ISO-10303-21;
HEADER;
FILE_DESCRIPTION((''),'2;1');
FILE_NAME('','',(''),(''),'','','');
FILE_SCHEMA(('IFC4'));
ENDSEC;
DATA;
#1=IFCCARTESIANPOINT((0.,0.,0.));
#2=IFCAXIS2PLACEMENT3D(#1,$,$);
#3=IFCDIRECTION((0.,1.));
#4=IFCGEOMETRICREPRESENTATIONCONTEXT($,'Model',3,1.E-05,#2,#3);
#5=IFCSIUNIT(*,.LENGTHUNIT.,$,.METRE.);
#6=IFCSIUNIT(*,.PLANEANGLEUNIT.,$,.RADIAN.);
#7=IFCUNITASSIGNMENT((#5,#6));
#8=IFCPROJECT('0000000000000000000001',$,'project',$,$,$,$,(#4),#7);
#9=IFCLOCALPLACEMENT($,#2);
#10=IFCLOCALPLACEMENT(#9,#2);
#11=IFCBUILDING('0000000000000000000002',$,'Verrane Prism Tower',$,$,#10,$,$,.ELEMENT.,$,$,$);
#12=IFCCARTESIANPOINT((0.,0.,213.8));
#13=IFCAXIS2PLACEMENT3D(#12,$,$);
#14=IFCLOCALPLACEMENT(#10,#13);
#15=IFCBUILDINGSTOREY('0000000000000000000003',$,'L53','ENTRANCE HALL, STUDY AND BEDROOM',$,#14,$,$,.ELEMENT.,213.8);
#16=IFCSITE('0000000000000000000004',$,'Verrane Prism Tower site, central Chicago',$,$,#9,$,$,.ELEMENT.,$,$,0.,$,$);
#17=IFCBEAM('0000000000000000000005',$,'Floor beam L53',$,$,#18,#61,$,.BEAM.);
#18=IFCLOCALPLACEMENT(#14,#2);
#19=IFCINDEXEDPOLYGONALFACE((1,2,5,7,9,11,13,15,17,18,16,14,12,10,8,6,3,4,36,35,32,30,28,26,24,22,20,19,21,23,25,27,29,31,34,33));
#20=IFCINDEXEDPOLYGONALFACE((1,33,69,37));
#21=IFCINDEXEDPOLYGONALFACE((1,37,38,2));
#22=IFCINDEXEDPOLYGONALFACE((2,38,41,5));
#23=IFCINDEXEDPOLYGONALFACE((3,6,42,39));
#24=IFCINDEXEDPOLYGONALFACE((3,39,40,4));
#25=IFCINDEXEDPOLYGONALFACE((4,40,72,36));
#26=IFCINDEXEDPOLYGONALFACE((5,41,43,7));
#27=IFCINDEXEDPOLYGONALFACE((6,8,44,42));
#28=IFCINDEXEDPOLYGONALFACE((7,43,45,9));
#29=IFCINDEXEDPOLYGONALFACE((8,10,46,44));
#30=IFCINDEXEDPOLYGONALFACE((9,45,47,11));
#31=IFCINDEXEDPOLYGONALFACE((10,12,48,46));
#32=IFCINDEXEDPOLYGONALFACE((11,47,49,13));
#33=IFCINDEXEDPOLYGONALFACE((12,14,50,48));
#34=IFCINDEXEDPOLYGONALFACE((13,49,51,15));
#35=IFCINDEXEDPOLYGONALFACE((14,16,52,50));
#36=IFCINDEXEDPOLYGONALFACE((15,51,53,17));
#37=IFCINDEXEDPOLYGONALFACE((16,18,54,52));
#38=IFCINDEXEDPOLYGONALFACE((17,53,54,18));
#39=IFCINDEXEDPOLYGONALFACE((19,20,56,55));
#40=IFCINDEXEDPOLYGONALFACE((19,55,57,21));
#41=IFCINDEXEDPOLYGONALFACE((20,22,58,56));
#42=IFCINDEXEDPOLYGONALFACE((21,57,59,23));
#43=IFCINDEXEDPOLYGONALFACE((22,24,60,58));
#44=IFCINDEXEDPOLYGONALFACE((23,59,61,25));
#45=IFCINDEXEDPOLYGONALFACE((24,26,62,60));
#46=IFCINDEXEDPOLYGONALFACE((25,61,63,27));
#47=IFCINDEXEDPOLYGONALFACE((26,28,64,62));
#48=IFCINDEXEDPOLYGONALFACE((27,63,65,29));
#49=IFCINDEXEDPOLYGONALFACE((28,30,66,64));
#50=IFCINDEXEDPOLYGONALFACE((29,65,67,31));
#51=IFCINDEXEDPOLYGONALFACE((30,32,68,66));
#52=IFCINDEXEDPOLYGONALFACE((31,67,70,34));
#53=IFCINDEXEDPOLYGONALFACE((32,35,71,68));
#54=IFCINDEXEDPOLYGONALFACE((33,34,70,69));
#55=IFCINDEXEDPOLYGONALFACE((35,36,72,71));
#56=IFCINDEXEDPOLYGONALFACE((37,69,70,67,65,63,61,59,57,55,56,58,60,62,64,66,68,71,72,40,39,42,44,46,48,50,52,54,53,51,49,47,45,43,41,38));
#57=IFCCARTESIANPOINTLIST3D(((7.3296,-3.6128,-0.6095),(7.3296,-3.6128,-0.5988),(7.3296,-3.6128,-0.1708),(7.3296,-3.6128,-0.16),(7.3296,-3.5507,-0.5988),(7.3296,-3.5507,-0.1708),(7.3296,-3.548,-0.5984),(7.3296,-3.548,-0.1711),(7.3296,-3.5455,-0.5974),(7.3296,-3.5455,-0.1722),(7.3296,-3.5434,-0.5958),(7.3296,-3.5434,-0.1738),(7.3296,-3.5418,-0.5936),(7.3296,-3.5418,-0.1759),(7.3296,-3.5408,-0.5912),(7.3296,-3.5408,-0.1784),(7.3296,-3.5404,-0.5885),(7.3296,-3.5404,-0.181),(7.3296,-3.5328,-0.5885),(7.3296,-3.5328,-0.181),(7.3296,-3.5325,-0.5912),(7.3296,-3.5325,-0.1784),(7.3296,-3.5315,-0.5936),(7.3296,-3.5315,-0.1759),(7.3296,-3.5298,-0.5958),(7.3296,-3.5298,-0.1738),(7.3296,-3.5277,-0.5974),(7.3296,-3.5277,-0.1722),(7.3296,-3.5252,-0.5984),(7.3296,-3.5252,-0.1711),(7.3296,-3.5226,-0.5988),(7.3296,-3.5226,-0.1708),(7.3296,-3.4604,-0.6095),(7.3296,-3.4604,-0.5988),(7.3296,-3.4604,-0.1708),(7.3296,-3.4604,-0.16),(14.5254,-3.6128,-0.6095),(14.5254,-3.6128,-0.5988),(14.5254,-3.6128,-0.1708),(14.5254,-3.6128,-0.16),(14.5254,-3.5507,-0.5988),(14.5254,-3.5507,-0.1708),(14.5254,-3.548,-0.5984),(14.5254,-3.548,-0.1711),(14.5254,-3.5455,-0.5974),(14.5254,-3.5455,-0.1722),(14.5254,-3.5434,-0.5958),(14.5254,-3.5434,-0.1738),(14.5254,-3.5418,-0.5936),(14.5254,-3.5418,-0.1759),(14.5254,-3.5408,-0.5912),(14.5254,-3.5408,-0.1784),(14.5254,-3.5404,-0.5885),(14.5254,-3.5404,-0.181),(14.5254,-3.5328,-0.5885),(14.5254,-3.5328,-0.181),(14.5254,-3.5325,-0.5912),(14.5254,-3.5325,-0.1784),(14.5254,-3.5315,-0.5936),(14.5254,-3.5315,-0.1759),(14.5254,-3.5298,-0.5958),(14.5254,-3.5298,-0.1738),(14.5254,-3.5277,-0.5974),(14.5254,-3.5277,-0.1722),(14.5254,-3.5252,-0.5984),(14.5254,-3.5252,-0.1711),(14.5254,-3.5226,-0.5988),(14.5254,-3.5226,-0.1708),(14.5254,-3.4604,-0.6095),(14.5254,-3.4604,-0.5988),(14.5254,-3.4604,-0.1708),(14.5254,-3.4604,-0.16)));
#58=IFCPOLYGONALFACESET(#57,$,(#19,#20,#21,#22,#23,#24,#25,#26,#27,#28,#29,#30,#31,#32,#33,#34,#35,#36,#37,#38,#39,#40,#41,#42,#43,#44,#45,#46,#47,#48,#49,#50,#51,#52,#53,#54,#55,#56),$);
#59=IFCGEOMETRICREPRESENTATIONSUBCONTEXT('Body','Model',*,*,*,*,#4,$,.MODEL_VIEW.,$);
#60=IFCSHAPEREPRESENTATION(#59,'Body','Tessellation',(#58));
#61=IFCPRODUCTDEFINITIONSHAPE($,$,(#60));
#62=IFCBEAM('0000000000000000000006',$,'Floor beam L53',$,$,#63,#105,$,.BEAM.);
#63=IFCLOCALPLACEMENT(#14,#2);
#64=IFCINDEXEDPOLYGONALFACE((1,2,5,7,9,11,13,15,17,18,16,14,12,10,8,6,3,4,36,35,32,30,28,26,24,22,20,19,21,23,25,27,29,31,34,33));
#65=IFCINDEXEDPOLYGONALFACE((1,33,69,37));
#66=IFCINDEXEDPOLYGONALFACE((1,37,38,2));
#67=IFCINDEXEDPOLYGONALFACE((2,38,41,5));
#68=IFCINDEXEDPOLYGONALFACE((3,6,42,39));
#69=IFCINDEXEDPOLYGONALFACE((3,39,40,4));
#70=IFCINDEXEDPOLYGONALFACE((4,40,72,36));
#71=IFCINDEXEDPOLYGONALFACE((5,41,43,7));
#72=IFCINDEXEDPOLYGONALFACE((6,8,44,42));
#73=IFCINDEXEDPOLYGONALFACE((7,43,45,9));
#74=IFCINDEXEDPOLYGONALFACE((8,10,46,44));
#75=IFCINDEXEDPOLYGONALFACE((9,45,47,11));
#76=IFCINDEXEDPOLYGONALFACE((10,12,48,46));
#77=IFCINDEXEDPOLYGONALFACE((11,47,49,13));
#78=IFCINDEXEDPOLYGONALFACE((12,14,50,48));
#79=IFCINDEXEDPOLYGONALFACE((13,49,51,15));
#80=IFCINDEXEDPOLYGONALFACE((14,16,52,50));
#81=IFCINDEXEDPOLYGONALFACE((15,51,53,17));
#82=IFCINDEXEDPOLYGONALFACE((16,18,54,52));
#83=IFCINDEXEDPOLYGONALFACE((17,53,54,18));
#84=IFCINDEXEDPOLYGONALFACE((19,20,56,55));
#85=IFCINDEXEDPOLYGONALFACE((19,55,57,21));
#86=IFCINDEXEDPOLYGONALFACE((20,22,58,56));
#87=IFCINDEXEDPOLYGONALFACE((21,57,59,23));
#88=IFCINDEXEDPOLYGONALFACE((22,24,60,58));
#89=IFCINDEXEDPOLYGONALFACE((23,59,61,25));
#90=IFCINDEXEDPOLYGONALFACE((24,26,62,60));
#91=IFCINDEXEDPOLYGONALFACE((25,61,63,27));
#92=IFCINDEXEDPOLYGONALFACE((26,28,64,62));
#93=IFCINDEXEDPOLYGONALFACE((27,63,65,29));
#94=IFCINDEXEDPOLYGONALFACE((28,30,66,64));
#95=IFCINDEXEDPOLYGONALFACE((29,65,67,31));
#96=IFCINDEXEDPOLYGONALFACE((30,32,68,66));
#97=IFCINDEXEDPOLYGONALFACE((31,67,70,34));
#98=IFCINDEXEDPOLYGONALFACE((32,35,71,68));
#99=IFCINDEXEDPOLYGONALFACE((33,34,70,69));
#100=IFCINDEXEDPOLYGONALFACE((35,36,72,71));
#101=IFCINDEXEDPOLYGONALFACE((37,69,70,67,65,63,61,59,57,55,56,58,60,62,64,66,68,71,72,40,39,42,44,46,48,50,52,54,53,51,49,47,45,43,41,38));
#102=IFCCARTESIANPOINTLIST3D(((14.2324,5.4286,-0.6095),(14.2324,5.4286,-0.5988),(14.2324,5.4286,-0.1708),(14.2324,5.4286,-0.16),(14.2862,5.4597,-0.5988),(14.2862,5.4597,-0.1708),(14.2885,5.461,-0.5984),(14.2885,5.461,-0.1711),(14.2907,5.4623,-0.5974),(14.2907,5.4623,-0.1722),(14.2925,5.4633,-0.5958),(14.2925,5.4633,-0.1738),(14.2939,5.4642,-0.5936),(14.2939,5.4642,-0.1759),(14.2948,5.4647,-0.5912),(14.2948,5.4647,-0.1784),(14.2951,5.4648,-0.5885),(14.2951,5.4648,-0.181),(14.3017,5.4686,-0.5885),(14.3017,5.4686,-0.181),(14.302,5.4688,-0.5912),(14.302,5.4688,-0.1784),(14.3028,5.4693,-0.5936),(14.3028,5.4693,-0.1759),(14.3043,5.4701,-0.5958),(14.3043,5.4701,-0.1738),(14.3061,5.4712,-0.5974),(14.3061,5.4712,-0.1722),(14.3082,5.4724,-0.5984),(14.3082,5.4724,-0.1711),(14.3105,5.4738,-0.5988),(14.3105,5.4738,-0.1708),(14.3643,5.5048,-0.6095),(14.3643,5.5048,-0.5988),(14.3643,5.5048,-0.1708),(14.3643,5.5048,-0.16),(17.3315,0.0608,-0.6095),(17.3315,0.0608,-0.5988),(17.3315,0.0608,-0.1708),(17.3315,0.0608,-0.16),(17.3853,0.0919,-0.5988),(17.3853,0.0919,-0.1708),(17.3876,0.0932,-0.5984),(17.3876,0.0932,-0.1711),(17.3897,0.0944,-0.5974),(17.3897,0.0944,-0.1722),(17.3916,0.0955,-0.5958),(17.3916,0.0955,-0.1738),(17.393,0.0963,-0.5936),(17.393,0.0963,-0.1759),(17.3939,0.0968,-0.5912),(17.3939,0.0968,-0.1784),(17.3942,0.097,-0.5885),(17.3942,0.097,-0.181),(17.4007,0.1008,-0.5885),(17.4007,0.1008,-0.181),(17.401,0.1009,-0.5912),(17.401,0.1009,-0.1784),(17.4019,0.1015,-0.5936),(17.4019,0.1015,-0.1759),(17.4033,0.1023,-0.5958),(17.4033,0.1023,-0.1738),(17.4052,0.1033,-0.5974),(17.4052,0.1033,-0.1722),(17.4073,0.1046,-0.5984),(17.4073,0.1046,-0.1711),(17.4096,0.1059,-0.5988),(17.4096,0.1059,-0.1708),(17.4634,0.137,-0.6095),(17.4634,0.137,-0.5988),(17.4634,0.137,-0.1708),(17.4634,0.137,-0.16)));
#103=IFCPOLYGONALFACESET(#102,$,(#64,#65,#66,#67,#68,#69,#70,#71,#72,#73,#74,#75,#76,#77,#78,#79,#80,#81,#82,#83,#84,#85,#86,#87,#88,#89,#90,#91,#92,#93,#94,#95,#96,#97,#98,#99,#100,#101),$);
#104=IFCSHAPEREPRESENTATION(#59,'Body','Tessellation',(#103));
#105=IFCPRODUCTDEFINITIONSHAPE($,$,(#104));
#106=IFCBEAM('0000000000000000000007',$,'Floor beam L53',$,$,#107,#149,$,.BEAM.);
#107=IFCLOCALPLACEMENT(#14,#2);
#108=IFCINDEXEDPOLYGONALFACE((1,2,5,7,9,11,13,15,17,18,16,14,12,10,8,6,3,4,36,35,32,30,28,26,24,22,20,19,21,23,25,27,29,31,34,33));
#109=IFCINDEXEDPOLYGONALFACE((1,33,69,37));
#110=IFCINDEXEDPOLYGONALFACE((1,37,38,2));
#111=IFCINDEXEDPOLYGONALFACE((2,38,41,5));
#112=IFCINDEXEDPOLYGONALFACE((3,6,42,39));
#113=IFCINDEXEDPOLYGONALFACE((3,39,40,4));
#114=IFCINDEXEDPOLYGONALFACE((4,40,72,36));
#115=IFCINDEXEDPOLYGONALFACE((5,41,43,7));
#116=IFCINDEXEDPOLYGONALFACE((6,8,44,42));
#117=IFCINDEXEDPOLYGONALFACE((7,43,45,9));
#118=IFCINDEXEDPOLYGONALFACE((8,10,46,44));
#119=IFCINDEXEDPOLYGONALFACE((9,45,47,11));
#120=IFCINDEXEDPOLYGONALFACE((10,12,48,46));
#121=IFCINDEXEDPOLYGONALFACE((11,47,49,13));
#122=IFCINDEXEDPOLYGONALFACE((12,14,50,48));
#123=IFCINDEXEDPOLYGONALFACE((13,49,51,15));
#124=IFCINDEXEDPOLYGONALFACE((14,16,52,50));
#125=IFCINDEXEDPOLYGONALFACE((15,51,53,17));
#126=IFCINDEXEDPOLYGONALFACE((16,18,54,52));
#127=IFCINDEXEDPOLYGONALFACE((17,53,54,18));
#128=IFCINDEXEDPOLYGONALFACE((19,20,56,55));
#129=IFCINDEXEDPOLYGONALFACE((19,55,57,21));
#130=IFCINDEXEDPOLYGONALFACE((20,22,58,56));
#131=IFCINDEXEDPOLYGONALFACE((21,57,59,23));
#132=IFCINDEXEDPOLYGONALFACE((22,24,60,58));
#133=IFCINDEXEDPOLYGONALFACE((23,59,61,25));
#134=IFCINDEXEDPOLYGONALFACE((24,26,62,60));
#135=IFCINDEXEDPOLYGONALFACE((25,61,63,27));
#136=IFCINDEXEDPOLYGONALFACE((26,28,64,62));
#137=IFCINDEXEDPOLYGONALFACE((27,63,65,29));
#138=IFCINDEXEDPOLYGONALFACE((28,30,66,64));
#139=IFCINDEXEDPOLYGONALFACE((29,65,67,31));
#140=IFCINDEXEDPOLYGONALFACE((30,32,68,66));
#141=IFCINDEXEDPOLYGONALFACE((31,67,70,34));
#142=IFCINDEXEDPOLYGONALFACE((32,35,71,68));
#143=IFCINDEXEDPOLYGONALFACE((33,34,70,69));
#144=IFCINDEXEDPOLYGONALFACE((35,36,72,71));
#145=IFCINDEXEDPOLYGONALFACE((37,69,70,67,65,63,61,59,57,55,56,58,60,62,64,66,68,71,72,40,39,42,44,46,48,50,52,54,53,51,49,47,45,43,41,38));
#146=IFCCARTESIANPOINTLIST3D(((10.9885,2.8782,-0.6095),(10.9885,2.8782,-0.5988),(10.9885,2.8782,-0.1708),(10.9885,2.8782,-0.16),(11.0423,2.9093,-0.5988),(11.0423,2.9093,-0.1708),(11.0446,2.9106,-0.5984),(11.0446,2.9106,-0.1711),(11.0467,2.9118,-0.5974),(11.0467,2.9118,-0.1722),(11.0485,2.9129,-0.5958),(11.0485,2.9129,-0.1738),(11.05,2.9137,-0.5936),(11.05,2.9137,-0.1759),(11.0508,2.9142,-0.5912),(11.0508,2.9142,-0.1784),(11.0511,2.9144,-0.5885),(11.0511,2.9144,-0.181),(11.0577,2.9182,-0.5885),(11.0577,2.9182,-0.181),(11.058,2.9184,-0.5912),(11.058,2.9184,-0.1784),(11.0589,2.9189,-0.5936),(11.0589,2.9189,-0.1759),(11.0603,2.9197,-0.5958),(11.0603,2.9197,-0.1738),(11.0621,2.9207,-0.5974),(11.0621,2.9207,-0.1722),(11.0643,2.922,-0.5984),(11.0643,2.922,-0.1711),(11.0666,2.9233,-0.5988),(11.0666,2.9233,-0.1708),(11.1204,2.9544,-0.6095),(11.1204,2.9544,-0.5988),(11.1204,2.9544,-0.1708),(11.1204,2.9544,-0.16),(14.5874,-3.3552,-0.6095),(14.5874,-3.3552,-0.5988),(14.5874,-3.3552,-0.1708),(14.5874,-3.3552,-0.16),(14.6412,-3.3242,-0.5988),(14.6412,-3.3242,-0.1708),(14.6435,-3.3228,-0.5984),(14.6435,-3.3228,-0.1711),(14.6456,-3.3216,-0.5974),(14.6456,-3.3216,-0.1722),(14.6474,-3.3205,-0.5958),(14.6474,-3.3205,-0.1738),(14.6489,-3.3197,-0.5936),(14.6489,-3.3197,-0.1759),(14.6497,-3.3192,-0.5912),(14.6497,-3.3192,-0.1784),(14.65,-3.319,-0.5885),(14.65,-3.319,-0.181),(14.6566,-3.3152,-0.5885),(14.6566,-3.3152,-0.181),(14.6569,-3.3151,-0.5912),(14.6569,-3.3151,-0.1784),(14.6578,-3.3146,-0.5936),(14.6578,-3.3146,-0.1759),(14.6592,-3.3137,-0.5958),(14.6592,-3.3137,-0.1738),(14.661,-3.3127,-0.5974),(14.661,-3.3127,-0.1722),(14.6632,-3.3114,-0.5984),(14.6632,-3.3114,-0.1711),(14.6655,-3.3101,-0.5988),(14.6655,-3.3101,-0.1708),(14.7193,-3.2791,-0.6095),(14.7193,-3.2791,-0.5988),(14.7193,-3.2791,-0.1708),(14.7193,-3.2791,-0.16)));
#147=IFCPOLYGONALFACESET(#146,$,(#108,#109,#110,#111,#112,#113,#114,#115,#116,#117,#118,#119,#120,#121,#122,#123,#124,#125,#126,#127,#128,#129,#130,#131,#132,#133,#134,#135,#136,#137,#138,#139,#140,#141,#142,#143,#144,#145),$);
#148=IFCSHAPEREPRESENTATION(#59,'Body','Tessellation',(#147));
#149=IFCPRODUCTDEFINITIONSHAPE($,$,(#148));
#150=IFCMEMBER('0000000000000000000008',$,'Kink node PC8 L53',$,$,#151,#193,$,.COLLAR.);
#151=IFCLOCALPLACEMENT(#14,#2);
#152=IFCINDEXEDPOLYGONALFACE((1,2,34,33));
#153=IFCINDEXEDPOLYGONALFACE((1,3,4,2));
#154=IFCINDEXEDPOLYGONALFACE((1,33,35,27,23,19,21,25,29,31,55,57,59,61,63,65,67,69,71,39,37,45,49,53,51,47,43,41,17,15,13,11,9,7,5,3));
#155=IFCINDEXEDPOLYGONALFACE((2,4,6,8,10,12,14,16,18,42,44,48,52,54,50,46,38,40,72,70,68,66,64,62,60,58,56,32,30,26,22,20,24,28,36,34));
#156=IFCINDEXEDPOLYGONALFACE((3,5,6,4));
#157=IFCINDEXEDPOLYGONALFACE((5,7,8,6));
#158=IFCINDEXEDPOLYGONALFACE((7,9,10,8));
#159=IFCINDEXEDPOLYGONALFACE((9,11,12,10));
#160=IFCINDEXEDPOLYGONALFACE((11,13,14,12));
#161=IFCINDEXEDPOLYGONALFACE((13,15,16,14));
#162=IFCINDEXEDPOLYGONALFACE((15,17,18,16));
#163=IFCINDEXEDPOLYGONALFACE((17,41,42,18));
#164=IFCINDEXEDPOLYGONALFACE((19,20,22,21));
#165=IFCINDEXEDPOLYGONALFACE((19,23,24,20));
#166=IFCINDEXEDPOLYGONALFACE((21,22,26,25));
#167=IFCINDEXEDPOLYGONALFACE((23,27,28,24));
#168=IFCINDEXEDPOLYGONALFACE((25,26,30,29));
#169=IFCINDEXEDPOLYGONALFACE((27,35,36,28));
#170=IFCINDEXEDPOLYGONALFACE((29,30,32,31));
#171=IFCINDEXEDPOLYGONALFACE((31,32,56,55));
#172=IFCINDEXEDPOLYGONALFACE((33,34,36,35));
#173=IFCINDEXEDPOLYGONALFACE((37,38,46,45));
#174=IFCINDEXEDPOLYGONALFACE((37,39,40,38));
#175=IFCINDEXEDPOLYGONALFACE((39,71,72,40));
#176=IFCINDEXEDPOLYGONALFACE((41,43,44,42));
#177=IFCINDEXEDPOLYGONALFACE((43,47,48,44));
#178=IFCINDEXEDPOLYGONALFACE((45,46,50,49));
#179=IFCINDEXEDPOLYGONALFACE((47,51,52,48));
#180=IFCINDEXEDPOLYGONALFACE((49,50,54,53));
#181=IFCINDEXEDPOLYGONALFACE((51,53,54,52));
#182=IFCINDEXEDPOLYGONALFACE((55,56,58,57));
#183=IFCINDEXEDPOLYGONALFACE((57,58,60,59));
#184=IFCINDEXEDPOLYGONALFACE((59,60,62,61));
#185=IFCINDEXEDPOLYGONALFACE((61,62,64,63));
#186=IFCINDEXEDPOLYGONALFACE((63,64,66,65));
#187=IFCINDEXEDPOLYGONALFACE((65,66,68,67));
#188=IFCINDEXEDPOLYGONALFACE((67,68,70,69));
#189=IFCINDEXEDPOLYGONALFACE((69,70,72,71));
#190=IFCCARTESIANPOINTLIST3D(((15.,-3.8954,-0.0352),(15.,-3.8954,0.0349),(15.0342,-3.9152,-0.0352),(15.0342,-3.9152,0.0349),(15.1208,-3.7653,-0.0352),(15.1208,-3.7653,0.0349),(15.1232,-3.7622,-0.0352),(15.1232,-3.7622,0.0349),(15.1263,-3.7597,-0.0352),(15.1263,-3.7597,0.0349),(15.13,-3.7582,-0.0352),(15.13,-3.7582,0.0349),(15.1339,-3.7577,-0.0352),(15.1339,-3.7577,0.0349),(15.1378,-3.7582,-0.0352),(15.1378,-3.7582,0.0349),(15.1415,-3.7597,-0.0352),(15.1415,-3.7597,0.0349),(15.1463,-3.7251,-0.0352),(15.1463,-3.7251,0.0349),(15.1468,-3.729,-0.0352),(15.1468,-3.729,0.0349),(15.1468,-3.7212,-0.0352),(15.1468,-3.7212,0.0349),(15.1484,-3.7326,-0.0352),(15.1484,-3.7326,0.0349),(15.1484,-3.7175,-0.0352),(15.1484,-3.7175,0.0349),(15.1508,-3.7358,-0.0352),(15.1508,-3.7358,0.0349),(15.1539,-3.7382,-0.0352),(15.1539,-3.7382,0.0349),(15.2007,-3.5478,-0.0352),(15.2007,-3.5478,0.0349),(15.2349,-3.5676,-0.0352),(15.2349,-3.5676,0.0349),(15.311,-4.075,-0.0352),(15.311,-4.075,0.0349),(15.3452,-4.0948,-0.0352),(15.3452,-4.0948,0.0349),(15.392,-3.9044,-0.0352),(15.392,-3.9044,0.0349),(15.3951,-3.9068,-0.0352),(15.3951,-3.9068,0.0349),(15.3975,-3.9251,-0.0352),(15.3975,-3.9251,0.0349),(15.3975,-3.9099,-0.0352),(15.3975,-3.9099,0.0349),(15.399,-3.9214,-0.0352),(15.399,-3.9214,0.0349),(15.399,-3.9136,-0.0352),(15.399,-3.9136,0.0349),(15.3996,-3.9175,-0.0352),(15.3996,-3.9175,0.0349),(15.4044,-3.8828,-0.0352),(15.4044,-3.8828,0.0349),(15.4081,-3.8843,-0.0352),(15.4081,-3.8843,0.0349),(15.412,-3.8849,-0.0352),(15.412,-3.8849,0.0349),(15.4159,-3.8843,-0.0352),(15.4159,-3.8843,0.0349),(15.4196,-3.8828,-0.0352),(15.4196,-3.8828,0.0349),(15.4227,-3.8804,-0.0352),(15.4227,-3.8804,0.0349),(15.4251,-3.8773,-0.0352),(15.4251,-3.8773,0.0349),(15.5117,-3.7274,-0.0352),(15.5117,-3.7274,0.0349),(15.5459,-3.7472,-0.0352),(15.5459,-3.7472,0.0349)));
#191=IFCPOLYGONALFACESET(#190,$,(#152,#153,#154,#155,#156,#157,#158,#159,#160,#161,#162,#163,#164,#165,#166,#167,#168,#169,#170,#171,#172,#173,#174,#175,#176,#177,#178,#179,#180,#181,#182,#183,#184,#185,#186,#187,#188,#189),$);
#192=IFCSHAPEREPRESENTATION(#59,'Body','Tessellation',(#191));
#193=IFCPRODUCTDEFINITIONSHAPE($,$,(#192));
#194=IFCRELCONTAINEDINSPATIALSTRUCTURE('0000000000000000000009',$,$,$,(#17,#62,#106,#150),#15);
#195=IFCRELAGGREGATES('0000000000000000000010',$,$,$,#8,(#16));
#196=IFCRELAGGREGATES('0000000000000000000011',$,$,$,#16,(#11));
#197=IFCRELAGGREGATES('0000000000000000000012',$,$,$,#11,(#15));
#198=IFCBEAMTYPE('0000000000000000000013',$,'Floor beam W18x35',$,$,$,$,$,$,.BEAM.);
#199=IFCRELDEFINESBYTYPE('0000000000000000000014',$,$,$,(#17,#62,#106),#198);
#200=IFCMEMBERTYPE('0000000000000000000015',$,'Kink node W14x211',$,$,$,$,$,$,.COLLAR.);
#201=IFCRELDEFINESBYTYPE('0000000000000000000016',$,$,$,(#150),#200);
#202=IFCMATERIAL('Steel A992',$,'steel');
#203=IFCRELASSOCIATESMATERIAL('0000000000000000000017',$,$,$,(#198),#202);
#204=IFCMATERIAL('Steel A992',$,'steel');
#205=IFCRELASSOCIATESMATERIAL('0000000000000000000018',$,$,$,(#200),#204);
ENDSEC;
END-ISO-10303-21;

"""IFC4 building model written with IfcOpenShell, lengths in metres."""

from ifc_helpers import new_model, si_unit, direction, frame, origin, origin_2d, place, context, subcontext, project, spatial, i_section, extrude, material, material_profile, profile_set, type_object, element, save


model = new_model("IFC4")

# Units and contexts
model_context = context("Model", 3, precision=1e-05, world=origin(), true_north=direction((0.0, 1.0)))
body_context = subcontext(model_context, "Body", "Model", "MODEL_VIEW")
ifc_project = project(units=[si_unit("LENGTHUNIT", "METRE"), si_unit("PLANEANGLEUNIT", "RADIAN")], contexts=[model_context])

# Site, building, storey
site_placement = place(None, origin())
site = spatial("IfcSite", under=ifc_project, at=site_placement, Name="Verrane Prism Tower site, central Chicago", CompositionType="ELEMENT", RefElevation=0.0)
building_placement = place(site_placement, origin())
building = spatial("IfcBuilding", under=site, at=building_placement, Name="Verrane Prism Tower", CompositionType="ELEMENT")
storey_placement = place(building_placement, frame((0.0, 0.0, 213.8)))
storey = spatial("IfcBuildingStorey", under=building, at=storey_placement, Name="L53", Description="ENTRANCE HALL, STUDY AND BEDROOM", CompositionType="ELEMENT", Elevation=213.8)

# Beams
ifc_material_1 = material(Name="Steel A992", Category="steel")
ifc_material_profile_1 = material_profile(ifc_material_1, i_section(OverallWidth=0.1523, OverallDepth=0.4495, WebThickness=0.0076, FlangeThickness=0.0107, FilletRadius=0.0103, at=origin_2d()), Name="W18x35")
ifc_profile_set_1 = profile_set([ifc_material_profile_1], Name="Steel A992")
beam_type_1 = type_object("IfcBeamType", Name="Floor beam W18x35", PredefinedType="BEAM", material=ifc_profile_set_1)
beam_1_placement = place(storey_placement, frame((7.3296, -3.5366, -0.3848), z_axis=(1.0, 0.0, 0.0), x_axis=(0.0, 1.0, 0.0)))
element("IfcBeam", 1, at=beam_1_placement, inside=storey, type_object=beam_type_1, Name="Floor beam L53", PredefinedType="BEAM", context=body_context, shape_type="SweptSolid", body=[
    extrude(i_section(OverallWidth=0.1523, OverallDepth=0.4495, WebThickness=0.0076, FlangeThickness=0.0107, FilletRadius=0.0103, at=origin_2d()), origin(), (0.0, 0.0, 1.0), 7.1958),
])
beam_2_placement = place(storey_placement, frame((17.3975, 0.0989, -0.3848), z_axis=(-0.499994, 0.866029, 0.0), x_axis=(-0.866029, -0.499994, 0.0)))
element("IfcBeam", 2, at=beam_2_placement, inside=storey, type_object=beam_type_1, Name="Floor beam L53", PredefinedType="BEAM", context=body_context, shape_type="SweptSolid", body=[
    extrude(i_section(OverallWidth=0.1523, OverallDepth=0.4495, WebThickness=0.0076, FlangeThickness=0.0107, FilletRadius=0.0103, at=origin_2d()), origin(), (0.0, 0.0, 1.0), 6.1982),
])
beam_3_placement = place(storey_placement, frame((14.6533, -3.3171, -0.3848), z_axis=(-0.500002, 0.866024, 0.0), x_axis=(-0.866024, -0.500002, 0.0)))
element("IfcBeam", 3, at=beam_3_placement, inside=storey, type_object=beam_type_1, Name="Floor beam L53", PredefinedType="BEAM", context=body_context, shape_type="SweptSolid", body=[
    extrude(i_section(OverallWidth=0.1523, OverallDepth=0.4495, WebThickness=0.0076, FlangeThickness=0.0107, FilletRadius=0.0103, at=origin_2d()), origin(), (0.0, 0.0, 1.0), 7.1978),
])

# Member
ifc_material_2 = material(Name="Steel A992", Category="steel")
ifc_material_profile_2 = material_profile(ifc_material_2, i_section(OverallWidth=0.4014, OverallDepth=0.3987, WebThickness=0.0249, FlangeThickness=0.0396, FilletRadius=0.0151, at=origin_2d()), Name="W14x211")
ifc_profile_set_2 = profile_set([ifc_material_profile_2], Name="Steel A992")
member_type_1 = type_object("IfcMemberType", Name="Kink node W14x211", PredefinedType="COLLAR", material=ifc_profile_set_2)
member_1_placement = place(storey_placement, frame((15.2729, -3.8213, -0.0352), z_axis=(0.0, 0.0, 1.0), x_axis=(-0.5, -0.866025, 0.0)))
element("IfcMember", 4, at=member_1_placement, inside=storey, type_object=member_type_1, Name="Kink node PC8 L53", PredefinedType="COLLAR", context=body_context, shape_type="SweptSolid", body=[
    extrude(i_section(OverallWidth=0.4014, OverallDepth=0.3987, WebThickness=0.0249, FlangeThickness=0.0396, FilletRadius=0.0151, at=origin_2d()), origin(), (0.0, 0.0, 1.0), 0.0701),
])

save(model, "model.ifc")
